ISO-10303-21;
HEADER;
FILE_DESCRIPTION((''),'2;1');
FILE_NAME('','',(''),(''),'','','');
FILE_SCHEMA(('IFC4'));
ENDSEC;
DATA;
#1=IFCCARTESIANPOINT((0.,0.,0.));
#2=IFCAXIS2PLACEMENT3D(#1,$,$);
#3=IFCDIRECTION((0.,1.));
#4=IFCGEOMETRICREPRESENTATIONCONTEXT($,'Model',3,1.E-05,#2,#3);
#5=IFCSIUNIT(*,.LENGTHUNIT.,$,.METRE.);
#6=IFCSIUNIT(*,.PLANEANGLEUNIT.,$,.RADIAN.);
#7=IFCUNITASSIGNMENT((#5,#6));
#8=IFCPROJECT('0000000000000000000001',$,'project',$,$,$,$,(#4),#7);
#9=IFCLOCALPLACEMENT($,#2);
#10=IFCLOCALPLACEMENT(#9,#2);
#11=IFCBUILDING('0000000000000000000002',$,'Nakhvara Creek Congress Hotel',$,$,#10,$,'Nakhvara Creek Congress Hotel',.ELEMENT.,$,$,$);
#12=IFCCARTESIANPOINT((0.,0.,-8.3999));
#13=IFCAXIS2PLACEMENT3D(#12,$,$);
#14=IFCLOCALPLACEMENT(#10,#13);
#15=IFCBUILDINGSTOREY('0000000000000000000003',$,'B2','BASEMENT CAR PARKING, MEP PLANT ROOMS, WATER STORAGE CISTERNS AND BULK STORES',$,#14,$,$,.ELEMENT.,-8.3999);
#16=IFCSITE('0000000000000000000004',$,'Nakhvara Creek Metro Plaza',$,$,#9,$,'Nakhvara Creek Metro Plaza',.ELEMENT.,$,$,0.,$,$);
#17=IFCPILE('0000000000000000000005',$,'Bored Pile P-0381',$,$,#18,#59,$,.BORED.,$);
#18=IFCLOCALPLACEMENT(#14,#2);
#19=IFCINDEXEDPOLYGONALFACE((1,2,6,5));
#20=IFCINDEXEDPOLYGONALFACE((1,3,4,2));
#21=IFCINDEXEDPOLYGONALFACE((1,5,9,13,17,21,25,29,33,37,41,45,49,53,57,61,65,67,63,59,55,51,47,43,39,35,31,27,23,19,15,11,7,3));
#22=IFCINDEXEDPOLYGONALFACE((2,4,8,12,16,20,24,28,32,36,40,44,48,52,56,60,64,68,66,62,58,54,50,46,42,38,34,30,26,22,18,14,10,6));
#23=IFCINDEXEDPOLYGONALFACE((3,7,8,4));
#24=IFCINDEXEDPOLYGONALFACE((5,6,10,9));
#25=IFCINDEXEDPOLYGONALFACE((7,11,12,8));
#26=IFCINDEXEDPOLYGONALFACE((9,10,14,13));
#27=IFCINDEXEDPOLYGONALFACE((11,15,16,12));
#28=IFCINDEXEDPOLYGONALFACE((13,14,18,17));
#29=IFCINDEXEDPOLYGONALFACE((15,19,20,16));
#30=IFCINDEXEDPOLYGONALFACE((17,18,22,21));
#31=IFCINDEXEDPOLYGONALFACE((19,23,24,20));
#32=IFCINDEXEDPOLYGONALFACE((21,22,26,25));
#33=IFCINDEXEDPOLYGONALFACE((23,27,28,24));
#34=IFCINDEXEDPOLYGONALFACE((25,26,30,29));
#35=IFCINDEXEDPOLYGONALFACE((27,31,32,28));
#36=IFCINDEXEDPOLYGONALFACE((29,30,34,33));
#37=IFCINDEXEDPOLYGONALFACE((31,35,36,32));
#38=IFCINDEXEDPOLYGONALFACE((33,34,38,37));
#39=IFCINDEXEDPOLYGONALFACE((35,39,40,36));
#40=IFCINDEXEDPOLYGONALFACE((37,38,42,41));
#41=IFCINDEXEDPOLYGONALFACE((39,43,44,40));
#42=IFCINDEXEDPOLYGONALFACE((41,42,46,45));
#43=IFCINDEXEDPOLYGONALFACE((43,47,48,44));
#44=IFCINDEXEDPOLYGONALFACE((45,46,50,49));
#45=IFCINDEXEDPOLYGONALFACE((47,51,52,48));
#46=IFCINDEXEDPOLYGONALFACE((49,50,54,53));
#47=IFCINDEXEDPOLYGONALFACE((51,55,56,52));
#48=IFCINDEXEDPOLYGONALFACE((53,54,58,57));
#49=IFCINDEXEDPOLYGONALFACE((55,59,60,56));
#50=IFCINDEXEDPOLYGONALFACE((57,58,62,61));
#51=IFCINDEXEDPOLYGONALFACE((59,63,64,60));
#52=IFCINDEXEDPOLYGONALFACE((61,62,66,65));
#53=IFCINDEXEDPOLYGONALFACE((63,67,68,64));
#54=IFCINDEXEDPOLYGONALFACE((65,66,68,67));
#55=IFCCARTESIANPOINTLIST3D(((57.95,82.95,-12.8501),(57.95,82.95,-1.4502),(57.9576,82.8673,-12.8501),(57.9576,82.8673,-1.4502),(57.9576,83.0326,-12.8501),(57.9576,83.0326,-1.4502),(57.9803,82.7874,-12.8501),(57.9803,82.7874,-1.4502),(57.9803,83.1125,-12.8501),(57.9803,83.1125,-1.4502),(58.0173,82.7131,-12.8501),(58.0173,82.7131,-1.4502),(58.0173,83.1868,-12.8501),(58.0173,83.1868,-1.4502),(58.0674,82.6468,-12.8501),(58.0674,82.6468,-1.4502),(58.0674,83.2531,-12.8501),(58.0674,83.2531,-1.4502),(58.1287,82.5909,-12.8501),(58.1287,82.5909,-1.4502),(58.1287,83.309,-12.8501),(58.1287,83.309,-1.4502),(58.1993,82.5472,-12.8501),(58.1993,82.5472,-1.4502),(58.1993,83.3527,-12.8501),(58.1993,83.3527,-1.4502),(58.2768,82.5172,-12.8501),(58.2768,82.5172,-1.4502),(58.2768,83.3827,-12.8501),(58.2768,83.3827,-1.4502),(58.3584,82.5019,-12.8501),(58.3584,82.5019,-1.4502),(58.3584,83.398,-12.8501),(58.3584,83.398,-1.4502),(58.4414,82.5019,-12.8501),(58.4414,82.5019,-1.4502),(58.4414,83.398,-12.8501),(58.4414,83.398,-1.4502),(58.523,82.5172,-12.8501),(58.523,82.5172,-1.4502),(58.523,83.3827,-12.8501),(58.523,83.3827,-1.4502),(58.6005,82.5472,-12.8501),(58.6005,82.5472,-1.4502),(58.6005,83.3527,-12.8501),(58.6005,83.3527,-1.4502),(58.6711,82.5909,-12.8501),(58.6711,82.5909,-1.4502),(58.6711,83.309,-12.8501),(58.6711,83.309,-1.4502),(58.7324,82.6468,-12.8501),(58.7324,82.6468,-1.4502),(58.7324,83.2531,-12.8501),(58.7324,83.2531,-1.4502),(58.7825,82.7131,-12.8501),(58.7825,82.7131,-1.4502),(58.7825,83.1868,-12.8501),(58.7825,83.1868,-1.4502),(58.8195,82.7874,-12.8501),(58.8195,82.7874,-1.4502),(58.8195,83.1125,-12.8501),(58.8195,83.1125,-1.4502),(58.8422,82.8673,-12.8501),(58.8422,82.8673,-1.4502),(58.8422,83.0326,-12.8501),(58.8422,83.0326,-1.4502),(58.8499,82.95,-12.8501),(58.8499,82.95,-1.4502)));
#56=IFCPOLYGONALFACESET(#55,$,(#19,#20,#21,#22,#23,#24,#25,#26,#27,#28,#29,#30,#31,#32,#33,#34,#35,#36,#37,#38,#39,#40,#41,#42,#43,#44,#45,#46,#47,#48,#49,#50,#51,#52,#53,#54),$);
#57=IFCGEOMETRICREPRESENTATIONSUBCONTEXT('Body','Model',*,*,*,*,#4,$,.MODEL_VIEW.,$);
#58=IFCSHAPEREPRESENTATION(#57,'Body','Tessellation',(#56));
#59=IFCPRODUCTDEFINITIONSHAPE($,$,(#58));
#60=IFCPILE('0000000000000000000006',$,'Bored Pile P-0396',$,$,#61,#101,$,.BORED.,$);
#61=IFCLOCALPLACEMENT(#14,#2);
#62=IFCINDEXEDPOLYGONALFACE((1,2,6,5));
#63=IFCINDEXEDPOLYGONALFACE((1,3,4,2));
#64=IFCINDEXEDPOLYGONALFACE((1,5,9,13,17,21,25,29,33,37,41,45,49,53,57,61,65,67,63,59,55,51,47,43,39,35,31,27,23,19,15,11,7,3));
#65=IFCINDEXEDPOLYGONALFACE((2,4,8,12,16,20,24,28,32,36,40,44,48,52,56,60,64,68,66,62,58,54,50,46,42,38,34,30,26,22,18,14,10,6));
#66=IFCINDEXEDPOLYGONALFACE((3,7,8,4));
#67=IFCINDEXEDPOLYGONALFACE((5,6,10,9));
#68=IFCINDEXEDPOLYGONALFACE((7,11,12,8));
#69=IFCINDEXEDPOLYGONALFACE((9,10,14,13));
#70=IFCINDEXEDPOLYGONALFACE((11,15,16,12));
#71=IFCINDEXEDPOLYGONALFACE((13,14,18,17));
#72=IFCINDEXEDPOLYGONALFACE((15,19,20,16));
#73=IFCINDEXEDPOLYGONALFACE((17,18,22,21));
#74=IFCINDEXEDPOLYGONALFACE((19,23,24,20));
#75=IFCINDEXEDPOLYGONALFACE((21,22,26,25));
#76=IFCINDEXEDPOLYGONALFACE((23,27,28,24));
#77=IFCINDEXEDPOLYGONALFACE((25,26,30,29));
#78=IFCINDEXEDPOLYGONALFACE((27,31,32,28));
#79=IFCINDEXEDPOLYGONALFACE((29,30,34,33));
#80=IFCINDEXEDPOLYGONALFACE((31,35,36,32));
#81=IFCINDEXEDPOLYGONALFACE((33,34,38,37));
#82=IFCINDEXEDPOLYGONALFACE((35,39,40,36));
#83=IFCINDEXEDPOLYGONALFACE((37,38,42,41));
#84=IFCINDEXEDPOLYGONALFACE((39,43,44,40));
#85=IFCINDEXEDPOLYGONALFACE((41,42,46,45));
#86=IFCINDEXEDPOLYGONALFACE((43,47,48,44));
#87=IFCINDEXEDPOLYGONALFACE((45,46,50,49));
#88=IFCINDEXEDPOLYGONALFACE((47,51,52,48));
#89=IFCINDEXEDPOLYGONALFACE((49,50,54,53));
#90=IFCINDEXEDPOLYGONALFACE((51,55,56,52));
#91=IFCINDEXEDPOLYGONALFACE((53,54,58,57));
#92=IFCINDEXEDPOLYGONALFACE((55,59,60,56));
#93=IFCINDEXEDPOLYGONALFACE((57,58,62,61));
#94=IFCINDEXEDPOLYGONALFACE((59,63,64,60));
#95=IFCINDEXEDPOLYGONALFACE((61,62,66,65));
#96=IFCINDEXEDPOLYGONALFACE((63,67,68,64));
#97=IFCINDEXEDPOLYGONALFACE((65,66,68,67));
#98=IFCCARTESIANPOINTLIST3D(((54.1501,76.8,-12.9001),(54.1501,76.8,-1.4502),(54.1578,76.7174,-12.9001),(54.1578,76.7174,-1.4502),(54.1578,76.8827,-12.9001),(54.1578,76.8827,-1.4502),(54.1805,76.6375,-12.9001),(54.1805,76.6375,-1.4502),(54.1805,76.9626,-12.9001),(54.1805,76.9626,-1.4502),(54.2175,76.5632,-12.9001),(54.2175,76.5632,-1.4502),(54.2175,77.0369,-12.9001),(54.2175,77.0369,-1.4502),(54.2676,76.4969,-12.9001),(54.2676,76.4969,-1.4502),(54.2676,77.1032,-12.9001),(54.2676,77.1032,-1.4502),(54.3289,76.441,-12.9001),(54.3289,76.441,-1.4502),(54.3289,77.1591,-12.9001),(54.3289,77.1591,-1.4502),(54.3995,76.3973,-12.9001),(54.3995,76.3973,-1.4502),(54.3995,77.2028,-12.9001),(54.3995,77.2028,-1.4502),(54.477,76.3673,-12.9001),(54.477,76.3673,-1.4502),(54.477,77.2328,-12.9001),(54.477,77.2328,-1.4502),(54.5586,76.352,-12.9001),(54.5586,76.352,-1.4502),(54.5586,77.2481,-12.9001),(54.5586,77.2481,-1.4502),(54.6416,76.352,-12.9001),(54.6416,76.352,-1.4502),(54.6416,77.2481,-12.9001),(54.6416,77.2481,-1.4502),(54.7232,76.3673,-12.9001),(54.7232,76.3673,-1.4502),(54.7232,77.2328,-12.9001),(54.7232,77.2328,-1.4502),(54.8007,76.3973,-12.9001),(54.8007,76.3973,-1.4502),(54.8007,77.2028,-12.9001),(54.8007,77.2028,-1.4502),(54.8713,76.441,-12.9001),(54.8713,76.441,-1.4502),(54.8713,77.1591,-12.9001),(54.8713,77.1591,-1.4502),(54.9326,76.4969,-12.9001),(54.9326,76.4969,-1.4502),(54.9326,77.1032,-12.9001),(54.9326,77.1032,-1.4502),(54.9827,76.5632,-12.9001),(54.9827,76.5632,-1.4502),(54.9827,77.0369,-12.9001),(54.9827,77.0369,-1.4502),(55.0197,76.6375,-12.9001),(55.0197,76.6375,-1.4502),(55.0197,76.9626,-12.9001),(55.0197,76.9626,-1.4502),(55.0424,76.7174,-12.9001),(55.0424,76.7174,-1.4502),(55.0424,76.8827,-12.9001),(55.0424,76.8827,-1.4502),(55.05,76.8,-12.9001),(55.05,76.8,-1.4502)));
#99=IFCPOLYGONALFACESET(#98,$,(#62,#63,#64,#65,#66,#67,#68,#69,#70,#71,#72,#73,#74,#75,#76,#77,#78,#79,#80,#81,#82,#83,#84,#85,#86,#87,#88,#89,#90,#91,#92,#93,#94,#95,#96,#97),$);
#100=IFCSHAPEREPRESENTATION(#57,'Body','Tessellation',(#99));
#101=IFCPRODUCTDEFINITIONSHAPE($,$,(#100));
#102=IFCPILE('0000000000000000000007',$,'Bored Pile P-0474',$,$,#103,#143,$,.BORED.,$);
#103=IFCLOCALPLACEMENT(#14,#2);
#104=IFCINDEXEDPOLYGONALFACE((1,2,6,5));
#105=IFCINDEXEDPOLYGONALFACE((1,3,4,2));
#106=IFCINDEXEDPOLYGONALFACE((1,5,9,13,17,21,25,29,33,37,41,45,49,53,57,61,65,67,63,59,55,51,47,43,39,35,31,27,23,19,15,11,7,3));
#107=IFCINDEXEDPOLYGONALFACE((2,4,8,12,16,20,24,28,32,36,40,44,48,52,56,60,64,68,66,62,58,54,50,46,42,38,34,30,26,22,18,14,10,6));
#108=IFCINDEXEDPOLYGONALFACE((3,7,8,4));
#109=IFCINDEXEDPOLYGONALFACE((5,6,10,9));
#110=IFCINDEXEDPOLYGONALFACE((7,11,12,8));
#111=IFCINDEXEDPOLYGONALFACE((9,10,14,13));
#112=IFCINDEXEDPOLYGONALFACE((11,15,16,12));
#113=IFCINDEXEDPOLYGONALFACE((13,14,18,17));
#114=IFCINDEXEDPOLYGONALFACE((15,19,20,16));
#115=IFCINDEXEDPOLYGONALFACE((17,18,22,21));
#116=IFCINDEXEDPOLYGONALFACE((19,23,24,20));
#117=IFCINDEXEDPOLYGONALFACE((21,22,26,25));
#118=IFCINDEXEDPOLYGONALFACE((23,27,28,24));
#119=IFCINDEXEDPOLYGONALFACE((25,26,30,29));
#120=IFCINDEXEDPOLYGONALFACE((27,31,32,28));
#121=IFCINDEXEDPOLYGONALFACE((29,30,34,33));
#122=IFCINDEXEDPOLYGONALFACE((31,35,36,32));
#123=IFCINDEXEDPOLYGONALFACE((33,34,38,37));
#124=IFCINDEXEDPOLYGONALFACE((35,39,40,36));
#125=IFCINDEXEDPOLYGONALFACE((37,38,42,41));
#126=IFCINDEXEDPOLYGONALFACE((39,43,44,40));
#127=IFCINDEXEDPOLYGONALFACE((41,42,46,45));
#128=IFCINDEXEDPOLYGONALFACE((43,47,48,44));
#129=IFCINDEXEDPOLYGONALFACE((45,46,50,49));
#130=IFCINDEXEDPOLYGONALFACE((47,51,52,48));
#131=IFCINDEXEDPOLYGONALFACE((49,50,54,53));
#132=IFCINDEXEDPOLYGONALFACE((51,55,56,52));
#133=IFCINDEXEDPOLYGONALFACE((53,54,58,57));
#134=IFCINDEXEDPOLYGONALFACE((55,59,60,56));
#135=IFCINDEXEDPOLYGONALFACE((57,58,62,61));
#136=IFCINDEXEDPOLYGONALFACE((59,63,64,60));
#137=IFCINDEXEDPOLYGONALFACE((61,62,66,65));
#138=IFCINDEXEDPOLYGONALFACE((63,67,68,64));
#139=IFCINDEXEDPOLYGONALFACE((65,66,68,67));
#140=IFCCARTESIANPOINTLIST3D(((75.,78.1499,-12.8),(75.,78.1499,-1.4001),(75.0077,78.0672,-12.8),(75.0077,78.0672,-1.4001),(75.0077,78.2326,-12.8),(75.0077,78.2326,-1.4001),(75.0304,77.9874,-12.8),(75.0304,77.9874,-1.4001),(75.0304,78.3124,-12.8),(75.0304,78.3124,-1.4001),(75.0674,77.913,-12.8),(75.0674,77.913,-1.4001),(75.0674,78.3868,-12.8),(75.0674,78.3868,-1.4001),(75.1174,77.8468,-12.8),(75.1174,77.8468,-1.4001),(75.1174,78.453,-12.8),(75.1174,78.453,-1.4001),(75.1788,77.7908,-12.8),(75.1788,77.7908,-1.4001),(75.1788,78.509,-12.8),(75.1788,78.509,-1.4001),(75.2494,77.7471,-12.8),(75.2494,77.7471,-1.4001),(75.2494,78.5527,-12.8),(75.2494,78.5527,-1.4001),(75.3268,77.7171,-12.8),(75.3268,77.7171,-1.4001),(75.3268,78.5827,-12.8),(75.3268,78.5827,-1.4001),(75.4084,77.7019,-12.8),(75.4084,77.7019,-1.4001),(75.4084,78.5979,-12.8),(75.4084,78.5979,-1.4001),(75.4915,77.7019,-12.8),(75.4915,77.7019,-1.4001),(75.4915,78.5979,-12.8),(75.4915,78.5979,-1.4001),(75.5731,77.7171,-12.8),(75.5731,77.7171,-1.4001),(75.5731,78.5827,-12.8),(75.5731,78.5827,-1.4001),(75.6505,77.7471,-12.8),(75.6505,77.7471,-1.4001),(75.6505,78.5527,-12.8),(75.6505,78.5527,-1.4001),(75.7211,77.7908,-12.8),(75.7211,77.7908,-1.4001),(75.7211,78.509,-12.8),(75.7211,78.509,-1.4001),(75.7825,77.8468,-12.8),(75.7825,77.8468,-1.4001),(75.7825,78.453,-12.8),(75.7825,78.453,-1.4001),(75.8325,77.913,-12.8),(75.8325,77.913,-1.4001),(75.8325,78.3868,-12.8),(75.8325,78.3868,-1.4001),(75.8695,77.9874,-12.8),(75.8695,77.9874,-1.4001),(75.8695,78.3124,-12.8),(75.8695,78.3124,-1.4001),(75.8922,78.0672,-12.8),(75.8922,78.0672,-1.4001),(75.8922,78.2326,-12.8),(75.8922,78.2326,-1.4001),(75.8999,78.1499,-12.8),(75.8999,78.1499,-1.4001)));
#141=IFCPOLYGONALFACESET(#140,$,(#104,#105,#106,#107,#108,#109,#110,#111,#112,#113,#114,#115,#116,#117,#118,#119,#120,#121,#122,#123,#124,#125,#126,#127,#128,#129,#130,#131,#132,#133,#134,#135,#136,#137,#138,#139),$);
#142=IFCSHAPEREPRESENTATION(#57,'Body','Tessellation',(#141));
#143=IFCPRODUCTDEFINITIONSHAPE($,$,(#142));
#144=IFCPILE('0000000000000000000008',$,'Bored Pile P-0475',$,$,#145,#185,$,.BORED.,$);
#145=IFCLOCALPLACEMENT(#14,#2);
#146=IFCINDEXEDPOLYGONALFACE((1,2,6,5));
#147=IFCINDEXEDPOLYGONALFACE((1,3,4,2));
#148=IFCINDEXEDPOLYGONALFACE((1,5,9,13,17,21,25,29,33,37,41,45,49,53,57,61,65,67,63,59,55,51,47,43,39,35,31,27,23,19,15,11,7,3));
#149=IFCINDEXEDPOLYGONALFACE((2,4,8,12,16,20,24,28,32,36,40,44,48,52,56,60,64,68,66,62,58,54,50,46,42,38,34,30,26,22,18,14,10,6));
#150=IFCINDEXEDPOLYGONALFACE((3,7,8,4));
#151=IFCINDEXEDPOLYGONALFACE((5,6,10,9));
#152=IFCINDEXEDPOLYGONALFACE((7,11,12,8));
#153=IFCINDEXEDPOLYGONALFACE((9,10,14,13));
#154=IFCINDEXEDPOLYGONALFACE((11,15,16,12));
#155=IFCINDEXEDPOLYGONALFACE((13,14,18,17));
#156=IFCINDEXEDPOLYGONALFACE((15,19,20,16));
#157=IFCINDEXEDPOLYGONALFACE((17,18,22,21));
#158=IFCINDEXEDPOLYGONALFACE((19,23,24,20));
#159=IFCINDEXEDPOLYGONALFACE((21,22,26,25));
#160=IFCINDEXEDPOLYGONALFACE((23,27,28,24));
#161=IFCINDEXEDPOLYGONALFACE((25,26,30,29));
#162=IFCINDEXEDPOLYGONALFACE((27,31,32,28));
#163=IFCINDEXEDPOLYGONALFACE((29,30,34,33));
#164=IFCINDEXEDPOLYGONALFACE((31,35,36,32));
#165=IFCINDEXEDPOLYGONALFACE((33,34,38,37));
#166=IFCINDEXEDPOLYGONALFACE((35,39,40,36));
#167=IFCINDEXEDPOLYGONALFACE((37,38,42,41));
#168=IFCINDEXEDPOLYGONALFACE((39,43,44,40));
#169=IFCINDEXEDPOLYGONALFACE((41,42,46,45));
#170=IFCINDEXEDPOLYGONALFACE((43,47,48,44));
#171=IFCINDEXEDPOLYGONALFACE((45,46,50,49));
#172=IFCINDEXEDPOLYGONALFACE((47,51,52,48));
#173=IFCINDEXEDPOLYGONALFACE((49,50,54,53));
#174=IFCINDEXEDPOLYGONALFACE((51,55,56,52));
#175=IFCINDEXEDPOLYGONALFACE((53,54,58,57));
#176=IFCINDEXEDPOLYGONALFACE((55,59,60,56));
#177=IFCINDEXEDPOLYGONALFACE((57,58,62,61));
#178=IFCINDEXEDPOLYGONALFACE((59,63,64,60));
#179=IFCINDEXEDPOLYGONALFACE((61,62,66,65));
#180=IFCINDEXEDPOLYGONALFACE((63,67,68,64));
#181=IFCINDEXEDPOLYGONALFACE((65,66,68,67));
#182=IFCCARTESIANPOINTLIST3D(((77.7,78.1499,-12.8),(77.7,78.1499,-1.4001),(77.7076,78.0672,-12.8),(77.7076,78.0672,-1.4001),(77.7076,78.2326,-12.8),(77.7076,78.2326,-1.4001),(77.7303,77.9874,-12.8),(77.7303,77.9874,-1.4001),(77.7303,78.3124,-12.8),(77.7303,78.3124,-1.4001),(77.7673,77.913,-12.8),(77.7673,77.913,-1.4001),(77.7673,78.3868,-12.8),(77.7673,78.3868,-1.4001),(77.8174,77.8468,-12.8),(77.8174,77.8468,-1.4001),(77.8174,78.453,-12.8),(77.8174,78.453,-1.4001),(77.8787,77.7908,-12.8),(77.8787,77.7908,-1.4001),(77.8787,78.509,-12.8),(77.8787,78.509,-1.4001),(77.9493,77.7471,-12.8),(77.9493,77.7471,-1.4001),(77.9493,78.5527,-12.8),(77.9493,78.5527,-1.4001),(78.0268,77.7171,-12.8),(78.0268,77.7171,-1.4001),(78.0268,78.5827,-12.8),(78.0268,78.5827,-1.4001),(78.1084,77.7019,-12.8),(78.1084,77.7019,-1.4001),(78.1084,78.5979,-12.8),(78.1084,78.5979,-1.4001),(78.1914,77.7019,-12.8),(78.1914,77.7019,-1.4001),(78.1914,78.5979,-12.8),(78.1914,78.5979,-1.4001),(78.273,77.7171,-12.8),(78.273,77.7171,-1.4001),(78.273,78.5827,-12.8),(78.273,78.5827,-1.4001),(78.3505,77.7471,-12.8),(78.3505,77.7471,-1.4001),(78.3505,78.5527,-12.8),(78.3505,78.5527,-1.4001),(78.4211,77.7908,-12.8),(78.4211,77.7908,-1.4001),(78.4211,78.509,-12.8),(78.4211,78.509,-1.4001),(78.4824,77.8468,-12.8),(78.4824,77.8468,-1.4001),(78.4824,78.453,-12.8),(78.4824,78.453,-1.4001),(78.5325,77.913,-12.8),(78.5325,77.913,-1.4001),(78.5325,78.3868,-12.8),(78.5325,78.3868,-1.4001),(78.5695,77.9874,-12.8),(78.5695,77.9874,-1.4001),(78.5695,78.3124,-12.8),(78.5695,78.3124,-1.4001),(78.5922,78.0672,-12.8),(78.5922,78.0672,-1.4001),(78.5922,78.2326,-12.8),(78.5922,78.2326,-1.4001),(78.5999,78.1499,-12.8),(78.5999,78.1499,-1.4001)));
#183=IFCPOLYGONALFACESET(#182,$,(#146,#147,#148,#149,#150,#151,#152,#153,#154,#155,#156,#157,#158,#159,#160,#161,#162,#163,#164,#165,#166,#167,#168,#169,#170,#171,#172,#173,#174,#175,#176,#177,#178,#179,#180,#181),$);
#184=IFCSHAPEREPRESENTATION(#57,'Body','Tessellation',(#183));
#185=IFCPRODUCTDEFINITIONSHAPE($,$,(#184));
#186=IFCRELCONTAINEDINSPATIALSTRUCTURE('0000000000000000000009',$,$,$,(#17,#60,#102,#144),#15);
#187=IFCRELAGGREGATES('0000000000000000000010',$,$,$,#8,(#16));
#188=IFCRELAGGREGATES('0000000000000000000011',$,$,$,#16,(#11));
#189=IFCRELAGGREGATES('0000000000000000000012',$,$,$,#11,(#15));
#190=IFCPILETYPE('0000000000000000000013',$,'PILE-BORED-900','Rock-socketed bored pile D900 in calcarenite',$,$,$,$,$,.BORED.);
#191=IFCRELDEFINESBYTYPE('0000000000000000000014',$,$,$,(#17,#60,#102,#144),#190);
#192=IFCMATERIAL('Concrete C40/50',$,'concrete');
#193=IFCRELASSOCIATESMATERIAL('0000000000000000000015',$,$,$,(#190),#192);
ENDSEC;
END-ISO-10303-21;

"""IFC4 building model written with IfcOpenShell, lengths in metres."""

from ifc_helpers import new_model, si_unit, direction, frame, origin, origin_2d, place, context, subcontext, project, spatial, circle, extrude, material, material_profile, profile_set, type_object, element, save


model = new_model("IFC4")

# Units and contexts
model_context = context("Model", 3, precision=1e-05, world=origin(), true_north=direction((0.0, 1.0)))
body_context = subcontext(model_context, "Body", "Model", "MODEL_VIEW")
ifc_project = project(units=[si_unit("LENGTHUNIT", "METRE"), si_unit("PLANEANGLEUNIT", "RADIAN")], contexts=[model_context])

# Site, building, storey
site_placement = place(None, origin())
site = spatial("IfcSite", under=ifc_project, at=site_placement, Name="Nakhvara Creek Metro Plaza", LongName="Nakhvara Creek Metro Plaza", CompositionType="ELEMENT", RefElevation=0.0)
building_placement = place(site_placement, origin())
building = spatial("IfcBuilding", under=site, at=building_placement, Name="Nakhvara Creek Congress Hotel", LongName="Nakhvara Creek Congress Hotel", CompositionType="ELEMENT")
storey_placement = place(building_placement, frame((0.0, 0.0, -8.3999)))
storey = spatial("IfcBuildingStorey", under=building, at=storey_placement, Name="B2", Description="BASEMENT CAR PARKING, MEP PLANT ROOMS, WATER STORAGE CISTERNS AND BULK STORES", CompositionType="ELEMENT", Elevation=-8.3999)

# Shared definitions
ifc_material_1 = material(Name="Concrete C40/50", Category="concrete")

# Piles
ifc_material_profile_1 = material_profile(ifc_material_1, circle(Radius=0.45, at=origin_2d()), Name="BORED PILE D900", Category="LoadBearing")
ifc_profile_set_1 = profile_set([ifc_material_profile_1], Name="Concrete C40/50")
pile_type = type_object("IfcPileType", Name="PILE-BORED-900", Description="Rock-socketed bored pile D900 in calcarenite", PredefinedType="BORED", material=ifc_profile_set_1)
for number, where, z_axis, x_axis, name in (
    (1, (58.3999, 82.95, -1.4502), (0.0, 0.0, -1.0), (1.0, 0.0, 0.0), "Bored Pile P-0381"),
):
    element("IfcPile", number, at=place(storey_placement, frame(where, z_axis=z_axis, x_axis=x_axis)), inside=storey, type_object=pile_type, Name=name, PredefinedType="BORED", context=body_context, shape_type="SweptSolid", body=[
        extrude(circle(Radius=0.45, at=origin_2d()), origin(), (0.0, 0.0, 1.0), 11.3999),
    ])
pile_placement = place(storey_placement, frame((54.6001, 76.8, -1.4502), z_axis=(0.0, 0.0, -1.0), x_axis=(1.0, 0.0, 0.0)))
element("IfcPile", 2, at=pile_placement, inside=storey, type_object=pile_type, Name="Bored Pile P-0396", PredefinedType="BORED", context=body_context, shape_type="SweptSolid", body=[
    extrude(circle(Radius=0.45, at=origin_2d()), origin(), (0.0, 0.0, 1.0), 11.45),
])
for number, where, z_axis, x_axis, name in (
    (3, (75.45, 78.1499, -1.4001), (0.0, 0.0, -1.0), (1.0, 0.0, 0.0), "Bored Pile P-0474"),
    (4, (78.1499, 78.1499, -1.4001), (0.0, 0.0, -1.0), (1.0, 0.0, 0.0), "Bored Pile P-0475"),
):
    element("IfcPile", number, at=place(storey_placement, frame(where, z_axis=z_axis, x_axis=x_axis)), inside=storey, type_object=pile_type, Name=name, PredefinedType="BORED", context=body_context, shape_type="SweptSolid", body=[
        extrude(circle(Radius=0.45, at=origin_2d()), origin(), (0.0, 0.0, 1.0), 11.3999),
    ])

save(model, "model.ifc")
